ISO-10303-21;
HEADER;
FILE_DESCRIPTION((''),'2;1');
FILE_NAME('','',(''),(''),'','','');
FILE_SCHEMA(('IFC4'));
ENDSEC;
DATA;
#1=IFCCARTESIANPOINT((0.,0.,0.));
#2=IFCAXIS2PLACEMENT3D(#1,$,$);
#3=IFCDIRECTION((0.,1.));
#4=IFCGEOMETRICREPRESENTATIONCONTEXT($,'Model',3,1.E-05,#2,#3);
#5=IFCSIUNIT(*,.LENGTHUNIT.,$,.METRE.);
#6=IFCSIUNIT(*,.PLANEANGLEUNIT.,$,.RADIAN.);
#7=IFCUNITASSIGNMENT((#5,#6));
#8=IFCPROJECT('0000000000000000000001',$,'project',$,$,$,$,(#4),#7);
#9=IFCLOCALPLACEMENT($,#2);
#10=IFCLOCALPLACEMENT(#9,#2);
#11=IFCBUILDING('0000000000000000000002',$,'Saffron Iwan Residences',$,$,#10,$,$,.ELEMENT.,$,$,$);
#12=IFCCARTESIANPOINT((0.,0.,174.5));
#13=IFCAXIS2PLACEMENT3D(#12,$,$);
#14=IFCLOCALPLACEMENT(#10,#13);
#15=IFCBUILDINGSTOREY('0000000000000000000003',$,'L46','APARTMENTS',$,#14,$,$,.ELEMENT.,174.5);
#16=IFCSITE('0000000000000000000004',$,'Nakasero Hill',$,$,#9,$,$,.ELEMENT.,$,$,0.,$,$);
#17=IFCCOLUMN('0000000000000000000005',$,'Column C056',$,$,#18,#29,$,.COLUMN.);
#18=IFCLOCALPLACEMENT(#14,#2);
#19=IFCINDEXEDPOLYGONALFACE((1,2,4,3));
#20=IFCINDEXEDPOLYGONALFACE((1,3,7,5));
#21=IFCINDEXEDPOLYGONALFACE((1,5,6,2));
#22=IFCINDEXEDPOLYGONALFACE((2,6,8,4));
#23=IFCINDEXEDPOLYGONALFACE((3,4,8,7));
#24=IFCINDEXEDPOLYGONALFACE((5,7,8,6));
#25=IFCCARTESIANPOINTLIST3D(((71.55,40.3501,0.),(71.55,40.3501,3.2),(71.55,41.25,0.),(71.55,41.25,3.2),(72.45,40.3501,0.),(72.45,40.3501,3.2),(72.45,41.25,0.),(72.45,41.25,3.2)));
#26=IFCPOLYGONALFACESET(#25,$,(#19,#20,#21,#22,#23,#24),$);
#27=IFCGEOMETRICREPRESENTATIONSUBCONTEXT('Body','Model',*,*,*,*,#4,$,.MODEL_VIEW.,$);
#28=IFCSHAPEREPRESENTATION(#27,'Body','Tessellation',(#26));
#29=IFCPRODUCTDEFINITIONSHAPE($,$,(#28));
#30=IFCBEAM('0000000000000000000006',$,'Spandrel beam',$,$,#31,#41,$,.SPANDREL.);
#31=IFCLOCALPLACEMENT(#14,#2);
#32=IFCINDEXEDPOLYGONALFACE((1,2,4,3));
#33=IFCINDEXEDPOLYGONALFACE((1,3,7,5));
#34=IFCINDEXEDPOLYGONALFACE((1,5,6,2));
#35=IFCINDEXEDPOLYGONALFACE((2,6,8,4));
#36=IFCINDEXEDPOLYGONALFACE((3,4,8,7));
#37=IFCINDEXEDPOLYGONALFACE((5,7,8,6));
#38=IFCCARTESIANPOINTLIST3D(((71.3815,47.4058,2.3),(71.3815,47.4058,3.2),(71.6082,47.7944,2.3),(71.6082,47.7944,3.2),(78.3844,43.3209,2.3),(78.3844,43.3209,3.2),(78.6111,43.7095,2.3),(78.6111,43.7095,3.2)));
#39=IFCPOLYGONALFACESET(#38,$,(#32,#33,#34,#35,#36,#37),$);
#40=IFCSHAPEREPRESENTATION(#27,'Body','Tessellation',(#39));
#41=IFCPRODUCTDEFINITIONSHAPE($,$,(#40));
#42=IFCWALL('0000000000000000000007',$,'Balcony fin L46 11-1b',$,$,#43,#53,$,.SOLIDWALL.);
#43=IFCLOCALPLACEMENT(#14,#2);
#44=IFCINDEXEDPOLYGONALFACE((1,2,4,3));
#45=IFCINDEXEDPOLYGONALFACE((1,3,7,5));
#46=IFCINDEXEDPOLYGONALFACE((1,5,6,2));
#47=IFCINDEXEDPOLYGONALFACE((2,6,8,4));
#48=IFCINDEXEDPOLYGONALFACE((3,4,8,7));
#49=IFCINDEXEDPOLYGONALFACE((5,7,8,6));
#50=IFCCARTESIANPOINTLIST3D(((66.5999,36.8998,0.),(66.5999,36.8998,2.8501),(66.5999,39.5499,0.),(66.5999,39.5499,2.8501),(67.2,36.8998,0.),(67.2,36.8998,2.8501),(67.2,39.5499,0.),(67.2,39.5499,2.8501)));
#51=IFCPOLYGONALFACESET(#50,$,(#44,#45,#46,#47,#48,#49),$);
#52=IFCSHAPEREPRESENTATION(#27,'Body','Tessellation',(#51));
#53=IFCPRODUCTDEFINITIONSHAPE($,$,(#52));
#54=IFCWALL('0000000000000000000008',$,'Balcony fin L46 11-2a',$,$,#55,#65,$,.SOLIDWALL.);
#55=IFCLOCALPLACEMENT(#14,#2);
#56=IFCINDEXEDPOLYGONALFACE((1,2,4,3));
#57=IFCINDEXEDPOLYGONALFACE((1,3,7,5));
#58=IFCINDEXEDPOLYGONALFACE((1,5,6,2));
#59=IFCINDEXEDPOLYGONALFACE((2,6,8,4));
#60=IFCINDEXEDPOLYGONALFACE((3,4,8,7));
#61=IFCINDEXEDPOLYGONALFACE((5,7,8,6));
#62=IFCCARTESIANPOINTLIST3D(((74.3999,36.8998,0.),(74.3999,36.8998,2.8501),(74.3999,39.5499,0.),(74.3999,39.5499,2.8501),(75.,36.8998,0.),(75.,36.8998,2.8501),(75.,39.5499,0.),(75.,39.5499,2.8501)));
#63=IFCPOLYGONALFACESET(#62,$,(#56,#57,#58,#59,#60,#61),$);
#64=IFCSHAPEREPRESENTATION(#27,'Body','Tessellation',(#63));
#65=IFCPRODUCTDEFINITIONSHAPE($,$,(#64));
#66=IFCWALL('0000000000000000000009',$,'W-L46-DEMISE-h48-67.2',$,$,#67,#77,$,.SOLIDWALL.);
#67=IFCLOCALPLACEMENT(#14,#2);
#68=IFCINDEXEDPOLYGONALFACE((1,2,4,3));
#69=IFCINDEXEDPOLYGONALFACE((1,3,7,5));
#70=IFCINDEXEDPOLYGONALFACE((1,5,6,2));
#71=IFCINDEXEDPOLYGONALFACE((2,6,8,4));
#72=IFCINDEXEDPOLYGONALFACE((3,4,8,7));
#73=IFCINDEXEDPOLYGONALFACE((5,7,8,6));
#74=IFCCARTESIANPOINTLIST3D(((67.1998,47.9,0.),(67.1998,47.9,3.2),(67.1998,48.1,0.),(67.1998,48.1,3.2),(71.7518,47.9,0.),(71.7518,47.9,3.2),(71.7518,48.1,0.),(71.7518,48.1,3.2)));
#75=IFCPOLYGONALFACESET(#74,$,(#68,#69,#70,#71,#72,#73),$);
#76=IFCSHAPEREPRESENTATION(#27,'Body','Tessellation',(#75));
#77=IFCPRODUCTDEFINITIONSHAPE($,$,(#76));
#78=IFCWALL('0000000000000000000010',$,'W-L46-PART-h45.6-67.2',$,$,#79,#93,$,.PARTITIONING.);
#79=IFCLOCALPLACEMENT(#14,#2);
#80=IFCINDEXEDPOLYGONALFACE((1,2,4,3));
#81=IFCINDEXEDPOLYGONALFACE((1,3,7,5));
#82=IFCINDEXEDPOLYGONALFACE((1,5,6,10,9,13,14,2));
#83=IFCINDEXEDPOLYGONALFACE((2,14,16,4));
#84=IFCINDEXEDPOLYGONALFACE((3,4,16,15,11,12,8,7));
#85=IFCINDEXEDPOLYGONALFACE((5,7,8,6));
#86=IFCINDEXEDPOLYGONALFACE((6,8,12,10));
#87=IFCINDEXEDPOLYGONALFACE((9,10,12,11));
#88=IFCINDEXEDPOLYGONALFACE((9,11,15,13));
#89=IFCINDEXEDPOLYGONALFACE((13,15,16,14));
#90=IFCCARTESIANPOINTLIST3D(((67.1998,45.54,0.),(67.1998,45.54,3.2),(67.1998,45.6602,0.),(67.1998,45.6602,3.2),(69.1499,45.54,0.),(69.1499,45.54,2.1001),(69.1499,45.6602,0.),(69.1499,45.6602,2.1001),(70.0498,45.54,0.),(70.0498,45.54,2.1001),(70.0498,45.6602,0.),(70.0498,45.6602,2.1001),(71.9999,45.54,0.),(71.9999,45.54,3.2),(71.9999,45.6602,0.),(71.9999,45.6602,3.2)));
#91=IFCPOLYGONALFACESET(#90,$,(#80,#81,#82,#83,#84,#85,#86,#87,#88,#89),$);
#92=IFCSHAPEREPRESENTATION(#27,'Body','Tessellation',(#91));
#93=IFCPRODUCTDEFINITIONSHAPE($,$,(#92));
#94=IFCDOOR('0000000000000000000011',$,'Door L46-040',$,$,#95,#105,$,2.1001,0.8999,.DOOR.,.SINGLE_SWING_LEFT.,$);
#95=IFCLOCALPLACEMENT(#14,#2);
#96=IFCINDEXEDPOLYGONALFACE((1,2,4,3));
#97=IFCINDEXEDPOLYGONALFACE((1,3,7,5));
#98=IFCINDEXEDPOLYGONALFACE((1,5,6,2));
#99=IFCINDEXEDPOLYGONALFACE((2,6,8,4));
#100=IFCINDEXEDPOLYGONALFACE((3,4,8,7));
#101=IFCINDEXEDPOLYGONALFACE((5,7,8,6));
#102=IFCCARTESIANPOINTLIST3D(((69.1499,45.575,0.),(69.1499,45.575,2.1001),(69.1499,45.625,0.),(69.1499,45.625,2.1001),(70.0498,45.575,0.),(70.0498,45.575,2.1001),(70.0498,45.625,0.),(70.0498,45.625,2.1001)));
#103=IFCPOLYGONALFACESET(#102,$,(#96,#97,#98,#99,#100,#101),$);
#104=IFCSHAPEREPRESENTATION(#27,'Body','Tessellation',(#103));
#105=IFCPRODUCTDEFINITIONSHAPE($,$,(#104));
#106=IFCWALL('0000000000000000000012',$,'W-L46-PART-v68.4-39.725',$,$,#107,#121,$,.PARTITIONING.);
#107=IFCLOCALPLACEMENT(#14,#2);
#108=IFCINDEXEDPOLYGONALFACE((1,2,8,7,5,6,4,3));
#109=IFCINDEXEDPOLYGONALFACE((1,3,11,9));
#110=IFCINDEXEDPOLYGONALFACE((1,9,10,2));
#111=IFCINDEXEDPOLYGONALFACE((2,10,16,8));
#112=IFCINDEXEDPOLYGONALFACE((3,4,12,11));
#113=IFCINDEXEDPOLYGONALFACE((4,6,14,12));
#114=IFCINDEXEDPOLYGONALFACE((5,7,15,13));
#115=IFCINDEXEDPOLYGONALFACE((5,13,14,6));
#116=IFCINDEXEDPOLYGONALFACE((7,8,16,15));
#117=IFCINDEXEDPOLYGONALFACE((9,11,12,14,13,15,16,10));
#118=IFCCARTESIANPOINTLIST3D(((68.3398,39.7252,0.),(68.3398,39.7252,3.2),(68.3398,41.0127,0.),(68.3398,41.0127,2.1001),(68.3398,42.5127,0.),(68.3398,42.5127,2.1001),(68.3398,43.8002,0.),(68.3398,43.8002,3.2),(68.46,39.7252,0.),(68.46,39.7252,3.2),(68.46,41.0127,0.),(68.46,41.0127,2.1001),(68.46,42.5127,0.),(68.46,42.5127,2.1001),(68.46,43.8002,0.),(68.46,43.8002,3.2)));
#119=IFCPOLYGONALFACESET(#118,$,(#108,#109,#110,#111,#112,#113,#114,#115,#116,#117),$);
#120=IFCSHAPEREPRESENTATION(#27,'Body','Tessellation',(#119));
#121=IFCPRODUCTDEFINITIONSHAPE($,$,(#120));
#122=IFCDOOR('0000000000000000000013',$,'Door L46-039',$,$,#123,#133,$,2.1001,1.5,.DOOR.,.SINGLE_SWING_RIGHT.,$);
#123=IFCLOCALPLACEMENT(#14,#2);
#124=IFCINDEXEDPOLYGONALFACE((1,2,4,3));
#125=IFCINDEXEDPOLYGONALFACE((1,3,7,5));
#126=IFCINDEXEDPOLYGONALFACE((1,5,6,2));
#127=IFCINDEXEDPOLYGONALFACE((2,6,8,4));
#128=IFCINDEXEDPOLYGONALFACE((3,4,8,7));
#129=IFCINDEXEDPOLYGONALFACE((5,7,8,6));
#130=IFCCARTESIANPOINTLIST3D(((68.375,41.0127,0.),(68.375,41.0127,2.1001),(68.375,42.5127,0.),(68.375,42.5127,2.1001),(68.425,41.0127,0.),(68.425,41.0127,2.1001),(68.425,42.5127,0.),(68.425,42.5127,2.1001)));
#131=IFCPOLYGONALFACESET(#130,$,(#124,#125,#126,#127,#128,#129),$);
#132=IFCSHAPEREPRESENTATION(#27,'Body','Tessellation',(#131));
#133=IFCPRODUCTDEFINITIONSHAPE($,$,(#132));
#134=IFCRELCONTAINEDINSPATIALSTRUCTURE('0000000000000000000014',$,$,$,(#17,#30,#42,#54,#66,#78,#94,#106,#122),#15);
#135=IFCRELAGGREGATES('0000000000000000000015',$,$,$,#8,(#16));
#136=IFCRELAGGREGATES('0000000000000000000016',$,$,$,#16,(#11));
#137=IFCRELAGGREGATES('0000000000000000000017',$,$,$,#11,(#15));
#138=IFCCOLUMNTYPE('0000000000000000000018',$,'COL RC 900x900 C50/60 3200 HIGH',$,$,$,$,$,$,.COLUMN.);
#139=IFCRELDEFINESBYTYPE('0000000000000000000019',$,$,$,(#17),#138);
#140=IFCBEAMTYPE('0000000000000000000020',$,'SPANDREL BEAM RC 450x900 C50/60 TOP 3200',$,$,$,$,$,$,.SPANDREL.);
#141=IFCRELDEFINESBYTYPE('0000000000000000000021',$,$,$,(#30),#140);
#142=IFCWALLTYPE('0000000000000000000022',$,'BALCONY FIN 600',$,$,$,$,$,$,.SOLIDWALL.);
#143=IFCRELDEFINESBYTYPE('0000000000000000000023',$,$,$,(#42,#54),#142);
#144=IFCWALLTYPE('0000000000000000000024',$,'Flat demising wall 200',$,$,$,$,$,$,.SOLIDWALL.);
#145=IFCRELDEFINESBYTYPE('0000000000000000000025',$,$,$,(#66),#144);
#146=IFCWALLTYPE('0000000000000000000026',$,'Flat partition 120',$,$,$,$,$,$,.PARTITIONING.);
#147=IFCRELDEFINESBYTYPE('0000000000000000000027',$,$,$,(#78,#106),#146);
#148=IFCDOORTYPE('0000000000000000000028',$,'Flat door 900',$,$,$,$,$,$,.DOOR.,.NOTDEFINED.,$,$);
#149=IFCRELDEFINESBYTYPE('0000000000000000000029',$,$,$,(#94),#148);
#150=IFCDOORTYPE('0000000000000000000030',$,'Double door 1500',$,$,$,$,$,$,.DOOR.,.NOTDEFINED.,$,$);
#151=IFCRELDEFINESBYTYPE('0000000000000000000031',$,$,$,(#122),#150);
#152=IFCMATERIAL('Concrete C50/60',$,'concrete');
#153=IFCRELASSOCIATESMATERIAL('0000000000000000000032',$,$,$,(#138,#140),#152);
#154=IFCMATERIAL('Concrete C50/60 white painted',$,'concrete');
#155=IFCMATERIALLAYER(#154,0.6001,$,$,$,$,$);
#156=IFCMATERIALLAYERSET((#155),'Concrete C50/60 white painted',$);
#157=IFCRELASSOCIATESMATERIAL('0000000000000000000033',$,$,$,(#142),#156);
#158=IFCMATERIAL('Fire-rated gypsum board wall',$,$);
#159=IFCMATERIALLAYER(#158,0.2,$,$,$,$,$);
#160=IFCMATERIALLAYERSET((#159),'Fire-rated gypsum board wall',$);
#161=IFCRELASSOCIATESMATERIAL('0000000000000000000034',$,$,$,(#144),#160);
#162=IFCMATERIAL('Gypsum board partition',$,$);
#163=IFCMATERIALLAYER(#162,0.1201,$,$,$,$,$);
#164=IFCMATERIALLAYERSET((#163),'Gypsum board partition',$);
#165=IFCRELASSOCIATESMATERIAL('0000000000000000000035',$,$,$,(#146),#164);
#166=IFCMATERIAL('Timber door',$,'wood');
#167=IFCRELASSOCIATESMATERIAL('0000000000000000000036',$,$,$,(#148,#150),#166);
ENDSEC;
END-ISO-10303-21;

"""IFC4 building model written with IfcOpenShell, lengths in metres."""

from ifc_helpers import new_model, si_unit, direction, frame, frame_2d, origin, origin_2d, place, context, subcontext, project, spatial, rectangle, extrude, source, transform, mapped, material, layer, layer_set, material_profile, profile_set, type_object, element, fill, save


model = new_model("IFC4")

# Units and contexts
model_context = context("Model", 3, precision=1e-05, world=origin(), true_north=direction((0.0, 1.0)))
body_context = subcontext(model_context, "Body", "Model", "MODEL_VIEW")
ifc_project = project(units=[si_unit("LENGTHUNIT", "METRE"), si_unit("PLANEANGLEUNIT", "RADIAN")], contexts=[model_context])

# Site, building, storey
site_placement = place(None, origin())
site = spatial("IfcSite", under=ifc_project, at=site_placement, Name="Nakasero Hill", CompositionType="ELEMENT", RefElevation=0.0)
building_placement = place(site_placement, origin())
building = spatial("IfcBuilding", under=site, at=building_placement, Name="Saffron Iwan Residences", CompositionType="ELEMENT")
storey_placement = place(building_placement, frame((0.0, 0.0, 174.5)))
storey = spatial("IfcBuildingStorey", under=building, at=storey_placement, Name="L46", Description="APARTMENTS", CompositionType="ELEMENT", Elevation=174.5)

# Column
ifc_material_1 = material(Name="Concrete C50/60", Category="concrete")
ifc_material_profile_1 = material_profile(ifc_material_1, rectangle(XDim=0.8999, YDim=0.8999, at=origin_2d()), Name="RC 900x900")
ifc_profile_set_1 = profile_set([ifc_material_profile_1], Name="Concrete C50/60")
column_type = type_object("IfcColumnType", Name="COL RC 900x900 C50/60 3200 HIGH", PredefinedType="COLUMN", material=ifc_profile_set_1)
shared_shape_1 = source(origin(), body_context, "Body", "SweptSolid", [
    extrude(rectangle(XDim=0.8999, YDim=0.8999, at=origin_2d()), origin(), (0.0, 0.0, 1.0), 3.2),
])
column_placement = place(storey_placement, frame((72.0, 40.8, 0.0), z_axis=(0.0, 0.0, 1.0), x_axis=(1.0, 0.0, 0.0)))
element("IfcColumn", 1, at=column_placement, inside=storey, type_object=column_type, Name="Column C056", PredefinedType="COLUMN", context=body_context, shape_type="MappedRepresentation", body=[
    mapped(shared_shape_1, transform((0.0, 0.0, 0.0))),
])

# Beam
ifc_material_profile_2 = material_profile(ifc_material_1, rectangle(XDim=0.45, YDim=0.8999, at=origin_2d()), Name="RC 450x900")
ifc_profile_set_2 = profile_set([ifc_material_profile_2], Name="Concrete C50/60")
beam_type = type_object("IfcBeamType", Name="SPANDREL BEAM RC 450x900 C50/60 TOP 3200", PredefinedType="SPANDREL", material=ifc_profile_set_2)
shared_shape_2 = source(origin(), body_context, "Body", "SweptSolid", [
    extrude(rectangle(XDim=0.45, YDim=0.8999, at=origin_2d()), origin(), (0.0, 0.0, 1.0), 8.1072),
])
beam_placement = place(storey_placement, frame((71.4949, 47.6001, 2.75), z_axis=(0.863783, -0.503864, 0.0), x_axis=(0.503864, 0.863783, 0.0)))
element("IfcBeam", 2, at=beam_placement, inside=storey, type_object=beam_type, Name="Spandrel beam", PredefinedType="SPANDREL", context=body_context, shape_type="MappedRepresentation", body=[
    mapped(shared_shape_2, transform((0.0, 0.0, 0.0))),
])

# Walls
ifc_material_2 = material(Name="Concrete C50/60 white painted", Category="concrete")
ifc_layer_1 = layer(ifc_material_2, 0.6001)
ifc_layer_set_1 = layer_set([ifc_layer_1], Name="Concrete C50/60 white painted")
wall_type_1 = type_object("IfcWallType", Name="BALCONY FIN 600", PredefinedType="SOLIDWALL", material=ifc_layer_set_1)
for number, where, z_axis, x_axis, name in (
    (3, (66.8999, 39.55, 0.0), (0.0, 0.0, 1.0), (0.0, -1.0, 0.0), "Balcony fin L46 11-1b"),
    (4, (74.7, 39.55, 0.0), (0.0, 0.0, 1.0), (0.0, -1.0, 0.0), "Balcony fin L46 11-2a"),
):
    element("IfcWall", number, at=place(storey_placement, frame(where, z_axis=z_axis, x_axis=x_axis)), inside=storey, type_object=wall_type_1, Name=name, PredefinedType="SOLIDWALL", context=body_context, shape_type="SweptSolid", body=[
        extrude(rectangle(XDim=2.6501, YDim=0.6001, at=frame_2d((1.3252, 0.0))), origin(), (0.0, 0.0, 1.0), 2.8501),
    ])
ifc_material_3 = material(Name="Fire-rated gypsum board wall")
ifc_layer_2 = layer(ifc_material_3, 0.2)
ifc_layer_set_2 = layer_set([ifc_layer_2], Name="Fire-rated gypsum board wall")
wall_type_2 = type_object("IfcWallType", Name="Flat demising wall 200", PredefinedType="SOLIDWALL", material=ifc_layer_set_2)
wall_1_placement = place(storey_placement, frame((67.2, 48.0, 0.0), z_axis=(0.0, 0.0, 1.0), x_axis=(1.0, 0.0, 0.0)))
element("IfcWall", 5, at=wall_1_placement, inside=storey, type_object=wall_type_2, Name="W-L46-DEMISE-h48-67.2", PredefinedType="SOLIDWALL", context=body_context, shape_type="SweptSolid", body=[
    extrude(rectangle(XDim=4.552, YDim=0.2, at=frame_2d((2.2759, 0.0))), origin(), (0.0, 0.0, 1.0), 3.2),
])

# Walls, openings, doors
ifc_material_4 = material(Name="Gypsum board partition")
ifc_layer_3 = layer(ifc_material_4, 0.1201)
ifc_layer_set_3 = layer_set([ifc_layer_3], Name="Gypsum board partition")
wall_type_3 = type_object("IfcWallType", Name="Flat partition 120", PredefinedType="PARTITIONING", material=ifc_layer_set_3)
wall_2_placement = place(storey_placement, frame((67.2, 45.6001, 0.0), z_axis=(0.0, 0.0, 1.0), x_axis=(1.0, 0.0, 0.0)))
wall_2 = element("IfcWall", 6, at=wall_2_placement, inside=storey, type_object=wall_type_3, Name="W-L46-PART-h45.6-67.2", PredefinedType="PARTITIONING", context=body_context, shape_type="SweptSolid", body=[
    extrude(rectangle(XDim=4.8, YDim=0.1201, at=frame_2d((2.3999, 0.0))), origin(), (0.0, 0.0, 1.0), 3.2),
])
opening_1_placement = place(wall_2_placement, frame((1.95, 0.0, 0.0)))
opening_1 = element("IfcOpeningElement", 7, at=opening_1_placement, cuts=wall_2, PredefinedType="OPENING", context=body_context, shape_type="SweptSolid", body=[
    extrude(rectangle(XDim=0.8999, YDim=2.1001, at=frame_2d((0.45, 1.05))), frame((0.0, 0.0701, 0.0), z_axis=(0.0, -1.0, 0.0), x_axis=(1.0, 0.0, 0.0)), (0.0, 0.0, 1.0), 0.1401),
])
ifc_material_5 = material(Name="Timber door", Category="wood")
door_type_1 = type_object("IfcDoorType", Name="Flat door 900", OperationType="NOTDEFINED", PredefinedType="DOOR", material=ifc_material_5)
door_1_placement = place(opening_1_placement, origin())
door_1 = element("IfcDoor", 8, at=door_1_placement, inside=storey, type_object=door_type_1, Name="Door L46-040", OperationType="SINGLE_SWING_LEFT", OverallHeight=2.1001, OverallWidth=0.8999, PredefinedType="DOOR", context=body_context, shape_type="SweptSolid", body=[
    extrude(rectangle(XDim=0.8999, YDim=2.1001, at=frame_2d((0.45, 1.05))), frame((0.0, 0.0249, 0.0), z_axis=(0.0, -1.0, 0.0), x_axis=(1.0, 0.0, 0.0)), (0.0, 0.0, 1.0), 0.05),
])
fill(opening_1, door_1)
wall_3_placement = place(storey_placement, frame((68.3999, 39.7251, 0.0), z_axis=(0.0, 0.0, 1.0), x_axis=(0.0, 1.0, 0.0)))
wall_3 = element("IfcWall", 9, at=wall_3_placement, inside=storey, type_object=wall_type_3, Name="W-L46-PART-v68.4-39.725", PredefinedType="PARTITIONING", context=body_context, shape_type="SweptSolid", body=[
    extrude(rectangle(XDim=4.075, YDim=0.1201, at=frame_2d((2.0376, 0.0))), origin(), (0.0, 0.0, 1.0), 3.2),
])
opening_2_placement = place(wall_3_placement, frame((1.2876, 0.0, 0.0)))
opening_2 = element("IfcOpeningElement", 10, at=opening_2_placement, cuts=wall_3, PredefinedType="OPENING", context=body_context, shape_type="SweptSolid", body=[
    extrude(rectangle(XDim=1.5, YDim=2.1001, at=frame_2d((0.75, 1.05))), frame((0.0, 0.0701, 0.0), z_axis=(0.0, -1.0, 0.0), x_axis=(1.0, 0.0, 0.0)), (0.0, 0.0, 1.0), 0.1401),
])
door_type_2 = type_object("IfcDoorType", Name="Double door 1500", OperationType="NOTDEFINED", PredefinedType="DOOR", material=ifc_material_5)
door_2_placement = place(opening_2_placement, origin())
door_2 = element("IfcDoor", 11, at=door_2_placement, inside=storey, type_object=door_type_2, Name="Door L46-039", OperationType="SINGLE_SWING_RIGHT", OverallHeight=2.1001, OverallWidth=1.5, PredefinedType="DOOR", context=body_context, shape_type="SweptSolid", body=[
    extrude(rectangle(XDim=1.5, YDim=2.1001, at=frame_2d((0.75, 1.05))), frame((0.0, 0.0249, 0.0), z_axis=(0.0, -1.0, 0.0), x_axis=(1.0, 0.0, 0.0)), (0.0, 0.0, 1.0), 0.05),
])
fill(opening_2, door_2)

save(model, "model.ifc")
